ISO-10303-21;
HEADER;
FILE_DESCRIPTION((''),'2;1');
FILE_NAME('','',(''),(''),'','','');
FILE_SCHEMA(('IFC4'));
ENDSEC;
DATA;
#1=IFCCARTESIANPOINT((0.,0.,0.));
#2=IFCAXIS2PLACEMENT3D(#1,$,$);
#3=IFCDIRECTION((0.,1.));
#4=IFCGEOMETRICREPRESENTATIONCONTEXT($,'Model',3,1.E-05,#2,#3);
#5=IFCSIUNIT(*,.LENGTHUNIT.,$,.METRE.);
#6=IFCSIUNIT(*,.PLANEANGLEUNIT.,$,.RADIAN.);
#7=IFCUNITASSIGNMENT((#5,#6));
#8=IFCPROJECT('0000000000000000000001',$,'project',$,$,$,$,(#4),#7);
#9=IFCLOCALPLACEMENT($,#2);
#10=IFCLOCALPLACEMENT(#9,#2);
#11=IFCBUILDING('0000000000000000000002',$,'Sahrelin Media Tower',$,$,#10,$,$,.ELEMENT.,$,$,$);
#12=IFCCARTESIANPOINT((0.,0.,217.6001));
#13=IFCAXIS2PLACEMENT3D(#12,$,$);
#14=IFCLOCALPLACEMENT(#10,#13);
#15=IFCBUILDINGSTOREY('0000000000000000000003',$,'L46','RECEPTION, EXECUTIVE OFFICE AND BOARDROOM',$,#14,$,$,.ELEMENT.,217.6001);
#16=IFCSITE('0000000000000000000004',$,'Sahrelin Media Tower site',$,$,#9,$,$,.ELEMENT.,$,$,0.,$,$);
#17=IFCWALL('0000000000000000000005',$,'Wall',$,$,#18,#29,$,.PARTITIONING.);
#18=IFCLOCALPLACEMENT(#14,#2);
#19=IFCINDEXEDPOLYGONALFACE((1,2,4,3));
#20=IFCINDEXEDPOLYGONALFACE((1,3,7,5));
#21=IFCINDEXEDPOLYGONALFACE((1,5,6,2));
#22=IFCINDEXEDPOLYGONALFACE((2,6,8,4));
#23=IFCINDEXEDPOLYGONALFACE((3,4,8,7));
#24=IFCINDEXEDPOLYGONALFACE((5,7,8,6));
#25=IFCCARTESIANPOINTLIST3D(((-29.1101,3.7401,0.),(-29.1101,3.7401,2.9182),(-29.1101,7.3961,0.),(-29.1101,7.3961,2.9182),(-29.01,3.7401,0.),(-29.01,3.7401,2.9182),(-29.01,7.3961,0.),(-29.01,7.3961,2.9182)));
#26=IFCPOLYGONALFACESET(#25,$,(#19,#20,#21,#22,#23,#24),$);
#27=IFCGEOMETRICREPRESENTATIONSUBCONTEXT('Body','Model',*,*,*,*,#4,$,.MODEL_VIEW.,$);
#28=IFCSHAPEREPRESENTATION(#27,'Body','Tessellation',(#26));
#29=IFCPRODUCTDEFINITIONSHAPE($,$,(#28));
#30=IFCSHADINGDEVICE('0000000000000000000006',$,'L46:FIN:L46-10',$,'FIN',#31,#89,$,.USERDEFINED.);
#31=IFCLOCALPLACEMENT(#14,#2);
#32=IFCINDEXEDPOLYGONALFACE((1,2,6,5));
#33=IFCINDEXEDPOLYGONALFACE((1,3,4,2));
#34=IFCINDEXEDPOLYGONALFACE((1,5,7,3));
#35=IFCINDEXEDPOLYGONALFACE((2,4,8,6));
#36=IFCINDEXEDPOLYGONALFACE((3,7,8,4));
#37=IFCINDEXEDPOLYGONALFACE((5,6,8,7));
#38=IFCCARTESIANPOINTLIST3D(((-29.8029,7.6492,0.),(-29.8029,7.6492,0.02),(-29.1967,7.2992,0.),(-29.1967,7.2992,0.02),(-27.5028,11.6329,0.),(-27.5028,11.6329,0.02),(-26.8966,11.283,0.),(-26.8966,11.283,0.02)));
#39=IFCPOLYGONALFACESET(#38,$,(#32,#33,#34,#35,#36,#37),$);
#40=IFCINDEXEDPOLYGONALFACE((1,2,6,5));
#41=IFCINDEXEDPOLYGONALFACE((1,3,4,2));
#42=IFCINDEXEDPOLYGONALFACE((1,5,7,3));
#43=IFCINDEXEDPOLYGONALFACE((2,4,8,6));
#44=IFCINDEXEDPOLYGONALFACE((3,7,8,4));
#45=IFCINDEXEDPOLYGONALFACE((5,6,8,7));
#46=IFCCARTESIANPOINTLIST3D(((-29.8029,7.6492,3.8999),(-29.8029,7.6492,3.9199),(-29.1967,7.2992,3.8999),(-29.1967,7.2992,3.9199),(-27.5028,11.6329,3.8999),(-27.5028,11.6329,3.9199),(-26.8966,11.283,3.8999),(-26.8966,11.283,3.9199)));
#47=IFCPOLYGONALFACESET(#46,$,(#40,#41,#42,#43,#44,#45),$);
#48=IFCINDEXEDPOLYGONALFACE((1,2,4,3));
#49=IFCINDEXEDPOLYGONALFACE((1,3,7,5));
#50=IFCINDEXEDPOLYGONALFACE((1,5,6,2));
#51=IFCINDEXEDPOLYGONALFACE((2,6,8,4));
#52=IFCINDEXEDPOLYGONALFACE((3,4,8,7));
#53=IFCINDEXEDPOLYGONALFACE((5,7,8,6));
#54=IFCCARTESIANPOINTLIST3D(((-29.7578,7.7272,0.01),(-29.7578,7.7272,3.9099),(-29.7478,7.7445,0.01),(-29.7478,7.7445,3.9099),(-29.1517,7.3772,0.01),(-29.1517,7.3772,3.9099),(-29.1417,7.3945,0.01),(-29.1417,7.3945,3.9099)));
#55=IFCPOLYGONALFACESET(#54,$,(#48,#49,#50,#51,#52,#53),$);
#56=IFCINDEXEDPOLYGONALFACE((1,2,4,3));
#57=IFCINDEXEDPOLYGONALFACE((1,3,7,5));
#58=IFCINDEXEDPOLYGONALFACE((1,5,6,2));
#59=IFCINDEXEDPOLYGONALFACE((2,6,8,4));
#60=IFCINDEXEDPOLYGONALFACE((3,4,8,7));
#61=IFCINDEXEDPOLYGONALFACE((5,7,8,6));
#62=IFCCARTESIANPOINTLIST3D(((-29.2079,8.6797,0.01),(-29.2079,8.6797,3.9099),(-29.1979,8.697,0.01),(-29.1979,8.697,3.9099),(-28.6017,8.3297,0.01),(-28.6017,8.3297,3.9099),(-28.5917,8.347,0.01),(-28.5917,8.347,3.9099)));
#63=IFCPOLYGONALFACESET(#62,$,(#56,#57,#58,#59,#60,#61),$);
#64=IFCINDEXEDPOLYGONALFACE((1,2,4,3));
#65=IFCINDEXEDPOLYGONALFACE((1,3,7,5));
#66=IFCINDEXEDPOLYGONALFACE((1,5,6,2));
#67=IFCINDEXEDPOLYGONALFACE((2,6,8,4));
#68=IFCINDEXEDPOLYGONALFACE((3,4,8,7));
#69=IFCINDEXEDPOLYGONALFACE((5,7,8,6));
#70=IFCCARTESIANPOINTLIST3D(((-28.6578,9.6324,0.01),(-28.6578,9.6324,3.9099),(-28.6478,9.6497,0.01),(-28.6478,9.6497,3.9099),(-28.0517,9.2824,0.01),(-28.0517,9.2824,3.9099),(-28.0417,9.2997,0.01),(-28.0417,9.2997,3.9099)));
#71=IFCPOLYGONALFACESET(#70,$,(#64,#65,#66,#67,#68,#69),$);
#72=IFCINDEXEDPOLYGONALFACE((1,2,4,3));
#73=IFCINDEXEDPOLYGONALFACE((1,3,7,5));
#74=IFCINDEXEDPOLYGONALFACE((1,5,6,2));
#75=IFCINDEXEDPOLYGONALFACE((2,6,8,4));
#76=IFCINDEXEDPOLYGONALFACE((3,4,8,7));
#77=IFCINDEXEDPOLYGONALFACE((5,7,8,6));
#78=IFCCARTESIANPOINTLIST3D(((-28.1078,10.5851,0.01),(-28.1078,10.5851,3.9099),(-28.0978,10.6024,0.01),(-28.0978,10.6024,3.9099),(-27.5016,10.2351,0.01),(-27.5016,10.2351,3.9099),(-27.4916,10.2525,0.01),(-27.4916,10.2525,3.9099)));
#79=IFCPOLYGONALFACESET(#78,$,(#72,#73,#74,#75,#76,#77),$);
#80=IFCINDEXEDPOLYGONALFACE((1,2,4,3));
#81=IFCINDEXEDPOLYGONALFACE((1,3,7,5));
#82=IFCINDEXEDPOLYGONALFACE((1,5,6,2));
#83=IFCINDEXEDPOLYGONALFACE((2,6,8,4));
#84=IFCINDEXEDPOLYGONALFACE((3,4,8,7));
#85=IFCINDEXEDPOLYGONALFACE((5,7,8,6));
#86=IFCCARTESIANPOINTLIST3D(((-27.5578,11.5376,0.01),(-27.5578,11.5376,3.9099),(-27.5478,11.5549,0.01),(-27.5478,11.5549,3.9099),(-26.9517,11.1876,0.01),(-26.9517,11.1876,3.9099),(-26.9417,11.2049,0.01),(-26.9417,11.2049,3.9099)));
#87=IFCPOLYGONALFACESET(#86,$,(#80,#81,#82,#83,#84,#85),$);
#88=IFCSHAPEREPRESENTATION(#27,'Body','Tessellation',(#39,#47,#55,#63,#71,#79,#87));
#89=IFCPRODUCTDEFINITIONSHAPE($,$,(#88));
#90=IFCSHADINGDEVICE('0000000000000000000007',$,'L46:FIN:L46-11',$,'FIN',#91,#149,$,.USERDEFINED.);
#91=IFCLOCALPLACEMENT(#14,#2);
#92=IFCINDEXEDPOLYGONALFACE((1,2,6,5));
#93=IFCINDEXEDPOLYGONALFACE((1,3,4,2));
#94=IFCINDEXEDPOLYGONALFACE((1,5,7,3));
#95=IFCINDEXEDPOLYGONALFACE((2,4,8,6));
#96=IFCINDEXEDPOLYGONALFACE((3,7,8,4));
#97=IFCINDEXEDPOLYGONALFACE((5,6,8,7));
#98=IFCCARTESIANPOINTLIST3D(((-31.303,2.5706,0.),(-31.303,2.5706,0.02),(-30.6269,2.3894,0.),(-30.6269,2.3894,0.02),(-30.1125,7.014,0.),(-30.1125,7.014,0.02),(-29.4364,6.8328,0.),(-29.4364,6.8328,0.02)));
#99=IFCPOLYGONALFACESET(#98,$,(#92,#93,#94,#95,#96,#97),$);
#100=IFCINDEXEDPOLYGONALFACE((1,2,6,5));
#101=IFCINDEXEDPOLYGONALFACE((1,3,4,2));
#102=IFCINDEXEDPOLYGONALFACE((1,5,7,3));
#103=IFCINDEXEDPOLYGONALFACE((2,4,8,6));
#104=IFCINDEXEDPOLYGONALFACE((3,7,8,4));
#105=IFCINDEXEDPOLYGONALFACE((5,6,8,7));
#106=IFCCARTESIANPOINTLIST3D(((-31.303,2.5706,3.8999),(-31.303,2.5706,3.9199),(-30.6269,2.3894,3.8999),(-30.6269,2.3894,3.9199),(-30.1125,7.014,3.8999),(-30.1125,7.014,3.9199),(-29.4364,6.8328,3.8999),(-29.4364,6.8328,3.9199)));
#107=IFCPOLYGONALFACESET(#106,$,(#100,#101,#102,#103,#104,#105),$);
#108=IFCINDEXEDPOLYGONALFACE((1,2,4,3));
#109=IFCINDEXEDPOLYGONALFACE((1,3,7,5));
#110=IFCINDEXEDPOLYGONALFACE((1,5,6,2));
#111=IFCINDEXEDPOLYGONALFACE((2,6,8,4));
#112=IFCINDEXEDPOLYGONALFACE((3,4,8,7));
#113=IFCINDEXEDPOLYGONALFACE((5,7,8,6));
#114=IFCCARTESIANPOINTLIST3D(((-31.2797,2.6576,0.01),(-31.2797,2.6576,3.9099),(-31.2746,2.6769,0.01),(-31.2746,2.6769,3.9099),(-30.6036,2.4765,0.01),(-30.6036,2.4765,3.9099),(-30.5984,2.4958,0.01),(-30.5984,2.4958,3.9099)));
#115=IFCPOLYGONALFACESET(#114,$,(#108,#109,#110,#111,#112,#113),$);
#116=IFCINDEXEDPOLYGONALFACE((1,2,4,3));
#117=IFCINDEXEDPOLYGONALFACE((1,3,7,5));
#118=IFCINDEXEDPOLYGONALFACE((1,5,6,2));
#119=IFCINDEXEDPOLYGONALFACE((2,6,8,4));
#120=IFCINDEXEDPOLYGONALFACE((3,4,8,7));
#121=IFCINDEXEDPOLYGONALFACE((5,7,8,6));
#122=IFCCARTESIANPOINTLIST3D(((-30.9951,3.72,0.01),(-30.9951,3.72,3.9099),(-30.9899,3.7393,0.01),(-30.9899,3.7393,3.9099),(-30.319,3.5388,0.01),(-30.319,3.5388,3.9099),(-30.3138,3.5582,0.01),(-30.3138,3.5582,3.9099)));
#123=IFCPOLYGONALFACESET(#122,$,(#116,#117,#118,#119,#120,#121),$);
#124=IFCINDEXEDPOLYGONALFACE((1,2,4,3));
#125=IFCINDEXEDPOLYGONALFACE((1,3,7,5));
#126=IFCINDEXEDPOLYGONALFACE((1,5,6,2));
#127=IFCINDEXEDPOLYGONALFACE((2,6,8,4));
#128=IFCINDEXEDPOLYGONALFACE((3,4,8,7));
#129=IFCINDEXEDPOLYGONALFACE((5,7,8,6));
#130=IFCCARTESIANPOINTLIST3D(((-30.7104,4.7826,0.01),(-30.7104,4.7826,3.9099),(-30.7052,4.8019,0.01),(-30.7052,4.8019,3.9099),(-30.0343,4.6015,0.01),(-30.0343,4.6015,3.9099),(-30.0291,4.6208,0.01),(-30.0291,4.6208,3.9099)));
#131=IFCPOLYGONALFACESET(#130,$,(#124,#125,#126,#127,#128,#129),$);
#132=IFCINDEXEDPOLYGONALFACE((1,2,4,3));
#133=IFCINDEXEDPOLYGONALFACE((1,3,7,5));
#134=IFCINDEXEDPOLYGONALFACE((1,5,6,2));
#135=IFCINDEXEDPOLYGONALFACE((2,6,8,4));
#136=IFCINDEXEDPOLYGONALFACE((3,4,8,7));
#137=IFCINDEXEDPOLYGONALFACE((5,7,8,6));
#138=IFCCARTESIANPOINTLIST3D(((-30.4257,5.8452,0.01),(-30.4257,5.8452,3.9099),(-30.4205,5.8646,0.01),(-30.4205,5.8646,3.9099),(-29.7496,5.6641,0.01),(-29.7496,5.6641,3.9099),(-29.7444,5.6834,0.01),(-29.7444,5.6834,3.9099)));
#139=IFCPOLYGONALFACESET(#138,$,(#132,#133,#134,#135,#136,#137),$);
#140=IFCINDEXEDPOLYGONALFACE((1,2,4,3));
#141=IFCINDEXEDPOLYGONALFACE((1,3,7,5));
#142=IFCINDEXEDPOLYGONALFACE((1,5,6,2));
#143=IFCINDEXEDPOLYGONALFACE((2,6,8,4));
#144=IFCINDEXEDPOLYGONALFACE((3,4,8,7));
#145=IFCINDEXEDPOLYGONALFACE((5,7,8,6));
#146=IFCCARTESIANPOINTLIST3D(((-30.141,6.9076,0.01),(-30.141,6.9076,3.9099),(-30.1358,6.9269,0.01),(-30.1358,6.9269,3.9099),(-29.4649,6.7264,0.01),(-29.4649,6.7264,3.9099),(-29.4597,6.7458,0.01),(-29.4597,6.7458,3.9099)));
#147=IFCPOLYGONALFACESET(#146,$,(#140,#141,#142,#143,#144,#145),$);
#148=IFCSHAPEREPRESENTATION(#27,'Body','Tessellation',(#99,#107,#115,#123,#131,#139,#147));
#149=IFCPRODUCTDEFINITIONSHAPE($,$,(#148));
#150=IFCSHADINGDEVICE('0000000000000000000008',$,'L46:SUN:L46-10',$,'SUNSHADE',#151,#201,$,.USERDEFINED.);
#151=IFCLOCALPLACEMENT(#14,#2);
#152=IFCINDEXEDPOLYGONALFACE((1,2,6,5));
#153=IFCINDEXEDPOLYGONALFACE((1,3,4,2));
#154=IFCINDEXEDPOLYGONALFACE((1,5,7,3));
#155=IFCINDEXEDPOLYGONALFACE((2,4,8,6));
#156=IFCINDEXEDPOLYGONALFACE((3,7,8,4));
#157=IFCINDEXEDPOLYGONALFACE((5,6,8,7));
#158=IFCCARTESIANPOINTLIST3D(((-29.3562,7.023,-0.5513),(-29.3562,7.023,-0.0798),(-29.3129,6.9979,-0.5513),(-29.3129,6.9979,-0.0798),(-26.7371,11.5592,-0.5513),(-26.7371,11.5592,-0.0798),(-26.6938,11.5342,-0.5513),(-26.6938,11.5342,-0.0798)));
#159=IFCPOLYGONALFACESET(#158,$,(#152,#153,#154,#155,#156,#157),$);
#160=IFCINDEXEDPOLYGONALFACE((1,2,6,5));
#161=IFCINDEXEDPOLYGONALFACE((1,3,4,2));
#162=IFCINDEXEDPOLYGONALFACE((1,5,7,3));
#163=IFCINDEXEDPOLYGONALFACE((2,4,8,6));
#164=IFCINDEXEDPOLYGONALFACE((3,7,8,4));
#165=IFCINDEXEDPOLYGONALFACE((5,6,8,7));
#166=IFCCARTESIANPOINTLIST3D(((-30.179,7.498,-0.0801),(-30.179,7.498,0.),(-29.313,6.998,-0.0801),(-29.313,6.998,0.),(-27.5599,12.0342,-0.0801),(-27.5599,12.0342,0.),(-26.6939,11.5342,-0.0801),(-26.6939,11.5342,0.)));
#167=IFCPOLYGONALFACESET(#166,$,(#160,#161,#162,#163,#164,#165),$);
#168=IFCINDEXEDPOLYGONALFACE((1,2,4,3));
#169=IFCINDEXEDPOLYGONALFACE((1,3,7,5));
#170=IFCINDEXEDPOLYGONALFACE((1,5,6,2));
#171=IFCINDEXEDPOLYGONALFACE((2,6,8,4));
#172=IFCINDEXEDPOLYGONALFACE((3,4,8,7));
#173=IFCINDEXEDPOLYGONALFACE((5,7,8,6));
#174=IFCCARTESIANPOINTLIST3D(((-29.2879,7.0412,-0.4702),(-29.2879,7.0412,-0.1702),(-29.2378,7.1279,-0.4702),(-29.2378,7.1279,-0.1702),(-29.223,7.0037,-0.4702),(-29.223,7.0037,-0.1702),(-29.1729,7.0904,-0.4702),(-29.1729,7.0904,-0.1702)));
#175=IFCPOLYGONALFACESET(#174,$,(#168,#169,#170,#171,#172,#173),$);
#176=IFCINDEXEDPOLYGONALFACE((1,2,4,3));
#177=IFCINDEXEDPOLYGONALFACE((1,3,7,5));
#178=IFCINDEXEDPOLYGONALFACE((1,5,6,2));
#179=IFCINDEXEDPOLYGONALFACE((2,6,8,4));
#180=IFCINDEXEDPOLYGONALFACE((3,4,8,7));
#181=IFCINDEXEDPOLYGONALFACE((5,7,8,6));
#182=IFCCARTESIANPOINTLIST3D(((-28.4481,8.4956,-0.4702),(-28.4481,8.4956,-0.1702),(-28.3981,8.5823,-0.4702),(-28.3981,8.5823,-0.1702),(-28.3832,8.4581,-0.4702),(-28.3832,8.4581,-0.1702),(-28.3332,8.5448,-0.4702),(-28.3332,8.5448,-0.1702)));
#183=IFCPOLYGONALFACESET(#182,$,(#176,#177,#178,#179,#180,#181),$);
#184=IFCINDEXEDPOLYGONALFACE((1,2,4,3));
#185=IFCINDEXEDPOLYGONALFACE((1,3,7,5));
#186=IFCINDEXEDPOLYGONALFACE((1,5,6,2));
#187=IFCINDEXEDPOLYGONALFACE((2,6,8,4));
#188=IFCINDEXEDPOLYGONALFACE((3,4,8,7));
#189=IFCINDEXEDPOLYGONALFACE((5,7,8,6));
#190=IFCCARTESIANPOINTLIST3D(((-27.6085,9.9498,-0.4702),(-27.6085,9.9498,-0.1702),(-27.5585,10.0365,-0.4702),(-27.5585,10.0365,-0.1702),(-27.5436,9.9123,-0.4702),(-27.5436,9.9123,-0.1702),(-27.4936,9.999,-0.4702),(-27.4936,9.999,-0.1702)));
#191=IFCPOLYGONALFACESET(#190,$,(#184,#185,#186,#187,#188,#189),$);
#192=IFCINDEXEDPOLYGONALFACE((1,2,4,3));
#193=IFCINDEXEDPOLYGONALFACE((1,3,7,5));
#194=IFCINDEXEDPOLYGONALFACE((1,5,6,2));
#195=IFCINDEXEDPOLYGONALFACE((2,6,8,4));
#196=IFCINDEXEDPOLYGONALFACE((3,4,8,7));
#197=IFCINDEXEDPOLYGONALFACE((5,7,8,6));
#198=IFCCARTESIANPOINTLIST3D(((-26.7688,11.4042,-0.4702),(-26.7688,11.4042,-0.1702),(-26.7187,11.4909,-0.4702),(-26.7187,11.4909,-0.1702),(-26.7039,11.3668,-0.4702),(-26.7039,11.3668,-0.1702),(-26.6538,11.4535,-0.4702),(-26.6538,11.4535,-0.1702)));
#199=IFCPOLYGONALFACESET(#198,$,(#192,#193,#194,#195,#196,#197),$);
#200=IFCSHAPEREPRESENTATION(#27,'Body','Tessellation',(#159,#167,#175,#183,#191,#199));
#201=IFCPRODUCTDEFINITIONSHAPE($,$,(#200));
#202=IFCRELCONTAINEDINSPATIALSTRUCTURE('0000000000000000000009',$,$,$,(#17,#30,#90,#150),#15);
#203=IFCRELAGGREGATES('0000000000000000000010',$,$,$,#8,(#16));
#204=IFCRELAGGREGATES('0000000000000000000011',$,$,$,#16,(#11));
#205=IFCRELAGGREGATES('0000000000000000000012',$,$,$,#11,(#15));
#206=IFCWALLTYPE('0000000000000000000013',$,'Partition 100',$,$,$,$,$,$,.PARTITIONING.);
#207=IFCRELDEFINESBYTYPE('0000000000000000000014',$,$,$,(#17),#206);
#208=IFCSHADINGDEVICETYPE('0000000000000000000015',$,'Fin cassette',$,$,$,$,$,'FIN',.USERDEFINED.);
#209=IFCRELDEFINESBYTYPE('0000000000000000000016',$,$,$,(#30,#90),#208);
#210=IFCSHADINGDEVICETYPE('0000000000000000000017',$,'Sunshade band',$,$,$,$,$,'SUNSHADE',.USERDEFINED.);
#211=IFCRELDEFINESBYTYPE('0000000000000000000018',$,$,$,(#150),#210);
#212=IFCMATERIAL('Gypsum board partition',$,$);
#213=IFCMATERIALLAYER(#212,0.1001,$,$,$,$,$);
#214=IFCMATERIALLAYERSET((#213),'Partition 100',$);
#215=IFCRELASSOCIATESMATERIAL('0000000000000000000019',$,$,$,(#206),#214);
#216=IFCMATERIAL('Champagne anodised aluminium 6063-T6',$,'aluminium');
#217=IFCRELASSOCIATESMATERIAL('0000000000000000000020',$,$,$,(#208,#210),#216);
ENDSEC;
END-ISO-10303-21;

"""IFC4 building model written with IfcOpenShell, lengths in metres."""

from ifc_helpers import new_model, si_unit, direction, frame, frame_2d, origin, origin_2d, place, context, subcontext, project, spatial, rectangle, extrude, material, layer, layer_set, type_object, element, save


model = new_model("IFC4")

# Units and contexts
model_context = context("Model", 3, precision=1e-05, world=origin(), true_north=direction((0.0, 1.0)))
body_context = subcontext(model_context, "Body", "Model", "MODEL_VIEW")
ifc_project = project(units=[si_unit("LENGTHUNIT", "METRE"), si_unit("PLANEANGLEUNIT", "RADIAN")], contexts=[model_context])

# Site, building, storey
site_placement = place(None, origin())
site = spatial("IfcSite", under=ifc_project, at=site_placement, Name="Sahrelin Media Tower site", CompositionType="ELEMENT", RefElevation=0.0)
building_placement = place(site_placement, origin())
building = spatial("IfcBuilding", under=site, at=building_placement, Name="Sahrelin Media Tower", CompositionType="ELEMENT")
storey_placement = place(building_placement, frame((0.0, 0.0, 217.6001)))
storey = spatial("IfcBuildingStorey", under=building, at=storey_placement, Name="L46", Description="RECEPTION, EXECUTIVE OFFICE AND BOARDROOM", CompositionType="ELEMENT", Elevation=217.6001)

# Shared definitions
ifc_material_1 = material(Name="Champagne anodised aluminium 6063-T6", Category="aluminium")

# Wall
ifc_material_2 = material(Name="Gypsum board partition")
ifc_layer_1 = layer(ifc_material_2, 0.1001)
ifc_layer_set_1 = layer_set([ifc_layer_1], Name="Partition 100")
wall_type_1 = type_object("IfcWallType", Name="Partition 100", PredefinedType="PARTITIONING", material=ifc_layer_set_1)
wall_1_placement = place(storey_placement, frame((-29.0601, 3.74, 0.0), z_axis=(0.0, 0.0, 1.0), x_axis=(0.0, 1.0, 0.0)))
element("IfcWall", 1, at=wall_1_placement, inside=storey, type_object=wall_type_1, Name="Wall", PredefinedType="PARTITIONING", context=body_context, shape_type="SweptSolid", body=[
    extrude(rectangle(XDim=3.656, YDim=0.1001, at=frame_2d((1.8281, 0.0))), origin(), (0.0, 0.0, 1.0), 2.9182),
])

# Shading devices
shading_device_type_1 = type_object("IfcShadingDeviceType", Name="Fin cassette", ElementType="FIN", PredefinedType="USERDEFINED", material=ifc_material_1)
placement_1 = place(storey_placement, frame((-27.9861, 9.2561, 0.0), z_axis=(0.0, 0.0, 1.0), x_axis=(0.500011, 0.866019, 0.0)))
element("IfcShadingDevice", 2, at=placement_1, inside=storey, type_object=shading_device_type_1, Name="L46:FIN:L46-10", ObjectType="FIN", PredefinedType="USERDEFINED", context=body_context, shape_type="SweptSolid", body=[
    extrude(rectangle(XDim=4.6001, YDim=0.7, at=origin_2d()), frame((0.0, 0.4199, 0.0)), (0.0, 0.0, 1.0), 0.02),
    extrude(rectangle(XDim=4.6001, YDim=0.7, at=origin_2d()), frame((0.0, 0.4199, 3.8999)), (0.0, 0.0, 1.0), 0.02),
    extrude(rectangle(XDim=0.02, YDim=0.7, at=origin_2d()), frame((-2.2, 0.4199, 0.01), z_axis=(0.0, 0.0, 1.0), x_axis=(1.0, 0.0, 0.0)), (0.0, 0.0, 1.0), 3.8999),
    extrude(rectangle(XDim=0.02, YDim=0.7, at=origin_2d()), frame((-1.1001, 0.4199, 0.01), z_axis=(0.0, 0.0, 1.0), x_axis=(1.0, 0.0, 0.0)), (0.0, 0.0, 1.0), 3.8999),
    extrude(rectangle(XDim=0.02, YDim=0.7, at=origin_2d()), frame((0.0, 0.4199, 0.01), z_axis=(0.0, 0.0, 1.0), x_axis=(1.0, 0.0, 0.0)), (0.0, 0.0, 1.0), 3.8999),
    extrude(rectangle(XDim=0.02, YDim=0.7, at=origin_2d()), frame((1.1001, 0.4199, 0.01), z_axis=(0.0, 0.0, 1.0), x_axis=(1.0, 0.0, 0.0)), (0.0, 0.0, 1.0), 3.8999),
    extrude(rectangle(XDim=0.02, YDim=0.7, at=origin_2d()), frame((2.2, 0.4199, 0.01), z_axis=(0.0, 0.0, 1.0), x_axis=(1.0, 0.0, 0.0)), (0.0, 0.0, 1.0), 3.8999),
])
placement_2 = place(storey_placement, frame((-29.9641, 4.593, 0.0), z_axis=(0.0, 0.0, 1.0), x_axis=(0.258808, 0.965929, 0.0)))
element("IfcShadingDevice", 3, at=placement_2, inside=storey, type_object=shading_device_type_1, Name="L46:FIN:L46-11", ObjectType="FIN", PredefinedType="USERDEFINED", context=body_context, shape_type="SweptSolid", body=[
    extrude(rectangle(XDim=4.6001, YDim=0.7, at=origin_2d()), frame((0.0, 0.4199, 0.0)), (0.0, 0.0, 1.0), 0.02),
    extrude(rectangle(XDim=4.6001, YDim=0.7, at=origin_2d()), frame((0.0, 0.4199, 3.8999)), (0.0, 0.0, 1.0), 0.02),
    extrude(rectangle(XDim=0.02, YDim=0.7, at=origin_2d()), frame((-2.2, 0.4199, 0.01), z_axis=(0.0, 0.0, 1.0), x_axis=(1.0, 0.0, 0.0)), (0.0, 0.0, 1.0), 3.8999),
    extrude(rectangle(XDim=0.02, YDim=0.7, at=origin_2d()), frame((-1.1001, 0.4199, 0.01), z_axis=(0.0, 0.0, 1.0), x_axis=(1.0, 0.0, 0.0)), (0.0, 0.0, 1.0), 3.8999),
    extrude(rectangle(XDim=0.02, YDim=0.7, at=origin_2d()), frame((0.0, 0.4199, 0.01), z_axis=(0.0, 0.0, 1.0), x_axis=(1.0, 0.0, 0.0)), (0.0, 0.0, 1.0), 3.8999),
    extrude(rectangle(XDim=0.02, YDim=0.7, at=origin_2d()), frame((1.1001, 0.4199, 0.01), z_axis=(0.0, 0.0, 1.0), x_axis=(1.0, 0.0, 0.0)), (0.0, 0.0, 1.0), 3.8999),
    extrude(rectangle(XDim=0.02, YDim=0.7, at=origin_2d()), frame((2.2, 0.4199, 0.01), z_axis=(0.0, 0.0, 1.0), x_axis=(1.0, 0.0, 0.0)), (0.0, 0.0, 1.0), 3.8999),
])
shading_device_type_2 = type_object("IfcShadingDeviceType", Name="Sunshade band", ElementType="SUNSHADE", PredefinedType="USERDEFINED", material=ifc_material_1)
element("IfcShadingDevice", 4, at=placement_1, inside=storey, type_object=shading_device_type_2, Name="L46:SUN:L46-10", ObjectType="SUNSHADE", PredefinedType="USERDEFINED", context=body_context, shape_type="SweptSolid", body=[
    extrude(rectangle(XDim=5.238, YDim=0.05, at=origin_2d()), frame((0.0, 0.0449, -0.5513)), (0.0, 0.0, 1.0), 0.4714),
    extrude(rectangle(XDim=5.238, YDim=1.0, at=origin_2d()), frame((0.0, 0.52, -0.0801)), (0.0, 0.0, 1.0), 0.0801),
    extrude(rectangle(XDim=0.1001, YDim=0.075, at=origin_2d()), frame((-2.519, -0.0176, -0.4702)), (0.0, 0.0, 1.0), 0.3),
    extrude(rectangle(XDim=0.1001, YDim=0.075, at=origin_2d()), frame((-0.8396, -0.0176, -0.4702)), (0.0, 0.0, 1.0), 0.3),
    extrude(rectangle(XDim=0.1001, YDim=0.075, at=origin_2d()), frame((0.8396, -0.0176, -0.4702)), (0.0, 0.0, 1.0), 0.3),
    extrude(rectangle(XDim=0.1001, YDim=0.075, at=origin_2d()), frame((2.519, -0.0176, -0.4702)), (0.0, 0.0, 1.0), 0.3),
])

save(model, "model.ifc")
